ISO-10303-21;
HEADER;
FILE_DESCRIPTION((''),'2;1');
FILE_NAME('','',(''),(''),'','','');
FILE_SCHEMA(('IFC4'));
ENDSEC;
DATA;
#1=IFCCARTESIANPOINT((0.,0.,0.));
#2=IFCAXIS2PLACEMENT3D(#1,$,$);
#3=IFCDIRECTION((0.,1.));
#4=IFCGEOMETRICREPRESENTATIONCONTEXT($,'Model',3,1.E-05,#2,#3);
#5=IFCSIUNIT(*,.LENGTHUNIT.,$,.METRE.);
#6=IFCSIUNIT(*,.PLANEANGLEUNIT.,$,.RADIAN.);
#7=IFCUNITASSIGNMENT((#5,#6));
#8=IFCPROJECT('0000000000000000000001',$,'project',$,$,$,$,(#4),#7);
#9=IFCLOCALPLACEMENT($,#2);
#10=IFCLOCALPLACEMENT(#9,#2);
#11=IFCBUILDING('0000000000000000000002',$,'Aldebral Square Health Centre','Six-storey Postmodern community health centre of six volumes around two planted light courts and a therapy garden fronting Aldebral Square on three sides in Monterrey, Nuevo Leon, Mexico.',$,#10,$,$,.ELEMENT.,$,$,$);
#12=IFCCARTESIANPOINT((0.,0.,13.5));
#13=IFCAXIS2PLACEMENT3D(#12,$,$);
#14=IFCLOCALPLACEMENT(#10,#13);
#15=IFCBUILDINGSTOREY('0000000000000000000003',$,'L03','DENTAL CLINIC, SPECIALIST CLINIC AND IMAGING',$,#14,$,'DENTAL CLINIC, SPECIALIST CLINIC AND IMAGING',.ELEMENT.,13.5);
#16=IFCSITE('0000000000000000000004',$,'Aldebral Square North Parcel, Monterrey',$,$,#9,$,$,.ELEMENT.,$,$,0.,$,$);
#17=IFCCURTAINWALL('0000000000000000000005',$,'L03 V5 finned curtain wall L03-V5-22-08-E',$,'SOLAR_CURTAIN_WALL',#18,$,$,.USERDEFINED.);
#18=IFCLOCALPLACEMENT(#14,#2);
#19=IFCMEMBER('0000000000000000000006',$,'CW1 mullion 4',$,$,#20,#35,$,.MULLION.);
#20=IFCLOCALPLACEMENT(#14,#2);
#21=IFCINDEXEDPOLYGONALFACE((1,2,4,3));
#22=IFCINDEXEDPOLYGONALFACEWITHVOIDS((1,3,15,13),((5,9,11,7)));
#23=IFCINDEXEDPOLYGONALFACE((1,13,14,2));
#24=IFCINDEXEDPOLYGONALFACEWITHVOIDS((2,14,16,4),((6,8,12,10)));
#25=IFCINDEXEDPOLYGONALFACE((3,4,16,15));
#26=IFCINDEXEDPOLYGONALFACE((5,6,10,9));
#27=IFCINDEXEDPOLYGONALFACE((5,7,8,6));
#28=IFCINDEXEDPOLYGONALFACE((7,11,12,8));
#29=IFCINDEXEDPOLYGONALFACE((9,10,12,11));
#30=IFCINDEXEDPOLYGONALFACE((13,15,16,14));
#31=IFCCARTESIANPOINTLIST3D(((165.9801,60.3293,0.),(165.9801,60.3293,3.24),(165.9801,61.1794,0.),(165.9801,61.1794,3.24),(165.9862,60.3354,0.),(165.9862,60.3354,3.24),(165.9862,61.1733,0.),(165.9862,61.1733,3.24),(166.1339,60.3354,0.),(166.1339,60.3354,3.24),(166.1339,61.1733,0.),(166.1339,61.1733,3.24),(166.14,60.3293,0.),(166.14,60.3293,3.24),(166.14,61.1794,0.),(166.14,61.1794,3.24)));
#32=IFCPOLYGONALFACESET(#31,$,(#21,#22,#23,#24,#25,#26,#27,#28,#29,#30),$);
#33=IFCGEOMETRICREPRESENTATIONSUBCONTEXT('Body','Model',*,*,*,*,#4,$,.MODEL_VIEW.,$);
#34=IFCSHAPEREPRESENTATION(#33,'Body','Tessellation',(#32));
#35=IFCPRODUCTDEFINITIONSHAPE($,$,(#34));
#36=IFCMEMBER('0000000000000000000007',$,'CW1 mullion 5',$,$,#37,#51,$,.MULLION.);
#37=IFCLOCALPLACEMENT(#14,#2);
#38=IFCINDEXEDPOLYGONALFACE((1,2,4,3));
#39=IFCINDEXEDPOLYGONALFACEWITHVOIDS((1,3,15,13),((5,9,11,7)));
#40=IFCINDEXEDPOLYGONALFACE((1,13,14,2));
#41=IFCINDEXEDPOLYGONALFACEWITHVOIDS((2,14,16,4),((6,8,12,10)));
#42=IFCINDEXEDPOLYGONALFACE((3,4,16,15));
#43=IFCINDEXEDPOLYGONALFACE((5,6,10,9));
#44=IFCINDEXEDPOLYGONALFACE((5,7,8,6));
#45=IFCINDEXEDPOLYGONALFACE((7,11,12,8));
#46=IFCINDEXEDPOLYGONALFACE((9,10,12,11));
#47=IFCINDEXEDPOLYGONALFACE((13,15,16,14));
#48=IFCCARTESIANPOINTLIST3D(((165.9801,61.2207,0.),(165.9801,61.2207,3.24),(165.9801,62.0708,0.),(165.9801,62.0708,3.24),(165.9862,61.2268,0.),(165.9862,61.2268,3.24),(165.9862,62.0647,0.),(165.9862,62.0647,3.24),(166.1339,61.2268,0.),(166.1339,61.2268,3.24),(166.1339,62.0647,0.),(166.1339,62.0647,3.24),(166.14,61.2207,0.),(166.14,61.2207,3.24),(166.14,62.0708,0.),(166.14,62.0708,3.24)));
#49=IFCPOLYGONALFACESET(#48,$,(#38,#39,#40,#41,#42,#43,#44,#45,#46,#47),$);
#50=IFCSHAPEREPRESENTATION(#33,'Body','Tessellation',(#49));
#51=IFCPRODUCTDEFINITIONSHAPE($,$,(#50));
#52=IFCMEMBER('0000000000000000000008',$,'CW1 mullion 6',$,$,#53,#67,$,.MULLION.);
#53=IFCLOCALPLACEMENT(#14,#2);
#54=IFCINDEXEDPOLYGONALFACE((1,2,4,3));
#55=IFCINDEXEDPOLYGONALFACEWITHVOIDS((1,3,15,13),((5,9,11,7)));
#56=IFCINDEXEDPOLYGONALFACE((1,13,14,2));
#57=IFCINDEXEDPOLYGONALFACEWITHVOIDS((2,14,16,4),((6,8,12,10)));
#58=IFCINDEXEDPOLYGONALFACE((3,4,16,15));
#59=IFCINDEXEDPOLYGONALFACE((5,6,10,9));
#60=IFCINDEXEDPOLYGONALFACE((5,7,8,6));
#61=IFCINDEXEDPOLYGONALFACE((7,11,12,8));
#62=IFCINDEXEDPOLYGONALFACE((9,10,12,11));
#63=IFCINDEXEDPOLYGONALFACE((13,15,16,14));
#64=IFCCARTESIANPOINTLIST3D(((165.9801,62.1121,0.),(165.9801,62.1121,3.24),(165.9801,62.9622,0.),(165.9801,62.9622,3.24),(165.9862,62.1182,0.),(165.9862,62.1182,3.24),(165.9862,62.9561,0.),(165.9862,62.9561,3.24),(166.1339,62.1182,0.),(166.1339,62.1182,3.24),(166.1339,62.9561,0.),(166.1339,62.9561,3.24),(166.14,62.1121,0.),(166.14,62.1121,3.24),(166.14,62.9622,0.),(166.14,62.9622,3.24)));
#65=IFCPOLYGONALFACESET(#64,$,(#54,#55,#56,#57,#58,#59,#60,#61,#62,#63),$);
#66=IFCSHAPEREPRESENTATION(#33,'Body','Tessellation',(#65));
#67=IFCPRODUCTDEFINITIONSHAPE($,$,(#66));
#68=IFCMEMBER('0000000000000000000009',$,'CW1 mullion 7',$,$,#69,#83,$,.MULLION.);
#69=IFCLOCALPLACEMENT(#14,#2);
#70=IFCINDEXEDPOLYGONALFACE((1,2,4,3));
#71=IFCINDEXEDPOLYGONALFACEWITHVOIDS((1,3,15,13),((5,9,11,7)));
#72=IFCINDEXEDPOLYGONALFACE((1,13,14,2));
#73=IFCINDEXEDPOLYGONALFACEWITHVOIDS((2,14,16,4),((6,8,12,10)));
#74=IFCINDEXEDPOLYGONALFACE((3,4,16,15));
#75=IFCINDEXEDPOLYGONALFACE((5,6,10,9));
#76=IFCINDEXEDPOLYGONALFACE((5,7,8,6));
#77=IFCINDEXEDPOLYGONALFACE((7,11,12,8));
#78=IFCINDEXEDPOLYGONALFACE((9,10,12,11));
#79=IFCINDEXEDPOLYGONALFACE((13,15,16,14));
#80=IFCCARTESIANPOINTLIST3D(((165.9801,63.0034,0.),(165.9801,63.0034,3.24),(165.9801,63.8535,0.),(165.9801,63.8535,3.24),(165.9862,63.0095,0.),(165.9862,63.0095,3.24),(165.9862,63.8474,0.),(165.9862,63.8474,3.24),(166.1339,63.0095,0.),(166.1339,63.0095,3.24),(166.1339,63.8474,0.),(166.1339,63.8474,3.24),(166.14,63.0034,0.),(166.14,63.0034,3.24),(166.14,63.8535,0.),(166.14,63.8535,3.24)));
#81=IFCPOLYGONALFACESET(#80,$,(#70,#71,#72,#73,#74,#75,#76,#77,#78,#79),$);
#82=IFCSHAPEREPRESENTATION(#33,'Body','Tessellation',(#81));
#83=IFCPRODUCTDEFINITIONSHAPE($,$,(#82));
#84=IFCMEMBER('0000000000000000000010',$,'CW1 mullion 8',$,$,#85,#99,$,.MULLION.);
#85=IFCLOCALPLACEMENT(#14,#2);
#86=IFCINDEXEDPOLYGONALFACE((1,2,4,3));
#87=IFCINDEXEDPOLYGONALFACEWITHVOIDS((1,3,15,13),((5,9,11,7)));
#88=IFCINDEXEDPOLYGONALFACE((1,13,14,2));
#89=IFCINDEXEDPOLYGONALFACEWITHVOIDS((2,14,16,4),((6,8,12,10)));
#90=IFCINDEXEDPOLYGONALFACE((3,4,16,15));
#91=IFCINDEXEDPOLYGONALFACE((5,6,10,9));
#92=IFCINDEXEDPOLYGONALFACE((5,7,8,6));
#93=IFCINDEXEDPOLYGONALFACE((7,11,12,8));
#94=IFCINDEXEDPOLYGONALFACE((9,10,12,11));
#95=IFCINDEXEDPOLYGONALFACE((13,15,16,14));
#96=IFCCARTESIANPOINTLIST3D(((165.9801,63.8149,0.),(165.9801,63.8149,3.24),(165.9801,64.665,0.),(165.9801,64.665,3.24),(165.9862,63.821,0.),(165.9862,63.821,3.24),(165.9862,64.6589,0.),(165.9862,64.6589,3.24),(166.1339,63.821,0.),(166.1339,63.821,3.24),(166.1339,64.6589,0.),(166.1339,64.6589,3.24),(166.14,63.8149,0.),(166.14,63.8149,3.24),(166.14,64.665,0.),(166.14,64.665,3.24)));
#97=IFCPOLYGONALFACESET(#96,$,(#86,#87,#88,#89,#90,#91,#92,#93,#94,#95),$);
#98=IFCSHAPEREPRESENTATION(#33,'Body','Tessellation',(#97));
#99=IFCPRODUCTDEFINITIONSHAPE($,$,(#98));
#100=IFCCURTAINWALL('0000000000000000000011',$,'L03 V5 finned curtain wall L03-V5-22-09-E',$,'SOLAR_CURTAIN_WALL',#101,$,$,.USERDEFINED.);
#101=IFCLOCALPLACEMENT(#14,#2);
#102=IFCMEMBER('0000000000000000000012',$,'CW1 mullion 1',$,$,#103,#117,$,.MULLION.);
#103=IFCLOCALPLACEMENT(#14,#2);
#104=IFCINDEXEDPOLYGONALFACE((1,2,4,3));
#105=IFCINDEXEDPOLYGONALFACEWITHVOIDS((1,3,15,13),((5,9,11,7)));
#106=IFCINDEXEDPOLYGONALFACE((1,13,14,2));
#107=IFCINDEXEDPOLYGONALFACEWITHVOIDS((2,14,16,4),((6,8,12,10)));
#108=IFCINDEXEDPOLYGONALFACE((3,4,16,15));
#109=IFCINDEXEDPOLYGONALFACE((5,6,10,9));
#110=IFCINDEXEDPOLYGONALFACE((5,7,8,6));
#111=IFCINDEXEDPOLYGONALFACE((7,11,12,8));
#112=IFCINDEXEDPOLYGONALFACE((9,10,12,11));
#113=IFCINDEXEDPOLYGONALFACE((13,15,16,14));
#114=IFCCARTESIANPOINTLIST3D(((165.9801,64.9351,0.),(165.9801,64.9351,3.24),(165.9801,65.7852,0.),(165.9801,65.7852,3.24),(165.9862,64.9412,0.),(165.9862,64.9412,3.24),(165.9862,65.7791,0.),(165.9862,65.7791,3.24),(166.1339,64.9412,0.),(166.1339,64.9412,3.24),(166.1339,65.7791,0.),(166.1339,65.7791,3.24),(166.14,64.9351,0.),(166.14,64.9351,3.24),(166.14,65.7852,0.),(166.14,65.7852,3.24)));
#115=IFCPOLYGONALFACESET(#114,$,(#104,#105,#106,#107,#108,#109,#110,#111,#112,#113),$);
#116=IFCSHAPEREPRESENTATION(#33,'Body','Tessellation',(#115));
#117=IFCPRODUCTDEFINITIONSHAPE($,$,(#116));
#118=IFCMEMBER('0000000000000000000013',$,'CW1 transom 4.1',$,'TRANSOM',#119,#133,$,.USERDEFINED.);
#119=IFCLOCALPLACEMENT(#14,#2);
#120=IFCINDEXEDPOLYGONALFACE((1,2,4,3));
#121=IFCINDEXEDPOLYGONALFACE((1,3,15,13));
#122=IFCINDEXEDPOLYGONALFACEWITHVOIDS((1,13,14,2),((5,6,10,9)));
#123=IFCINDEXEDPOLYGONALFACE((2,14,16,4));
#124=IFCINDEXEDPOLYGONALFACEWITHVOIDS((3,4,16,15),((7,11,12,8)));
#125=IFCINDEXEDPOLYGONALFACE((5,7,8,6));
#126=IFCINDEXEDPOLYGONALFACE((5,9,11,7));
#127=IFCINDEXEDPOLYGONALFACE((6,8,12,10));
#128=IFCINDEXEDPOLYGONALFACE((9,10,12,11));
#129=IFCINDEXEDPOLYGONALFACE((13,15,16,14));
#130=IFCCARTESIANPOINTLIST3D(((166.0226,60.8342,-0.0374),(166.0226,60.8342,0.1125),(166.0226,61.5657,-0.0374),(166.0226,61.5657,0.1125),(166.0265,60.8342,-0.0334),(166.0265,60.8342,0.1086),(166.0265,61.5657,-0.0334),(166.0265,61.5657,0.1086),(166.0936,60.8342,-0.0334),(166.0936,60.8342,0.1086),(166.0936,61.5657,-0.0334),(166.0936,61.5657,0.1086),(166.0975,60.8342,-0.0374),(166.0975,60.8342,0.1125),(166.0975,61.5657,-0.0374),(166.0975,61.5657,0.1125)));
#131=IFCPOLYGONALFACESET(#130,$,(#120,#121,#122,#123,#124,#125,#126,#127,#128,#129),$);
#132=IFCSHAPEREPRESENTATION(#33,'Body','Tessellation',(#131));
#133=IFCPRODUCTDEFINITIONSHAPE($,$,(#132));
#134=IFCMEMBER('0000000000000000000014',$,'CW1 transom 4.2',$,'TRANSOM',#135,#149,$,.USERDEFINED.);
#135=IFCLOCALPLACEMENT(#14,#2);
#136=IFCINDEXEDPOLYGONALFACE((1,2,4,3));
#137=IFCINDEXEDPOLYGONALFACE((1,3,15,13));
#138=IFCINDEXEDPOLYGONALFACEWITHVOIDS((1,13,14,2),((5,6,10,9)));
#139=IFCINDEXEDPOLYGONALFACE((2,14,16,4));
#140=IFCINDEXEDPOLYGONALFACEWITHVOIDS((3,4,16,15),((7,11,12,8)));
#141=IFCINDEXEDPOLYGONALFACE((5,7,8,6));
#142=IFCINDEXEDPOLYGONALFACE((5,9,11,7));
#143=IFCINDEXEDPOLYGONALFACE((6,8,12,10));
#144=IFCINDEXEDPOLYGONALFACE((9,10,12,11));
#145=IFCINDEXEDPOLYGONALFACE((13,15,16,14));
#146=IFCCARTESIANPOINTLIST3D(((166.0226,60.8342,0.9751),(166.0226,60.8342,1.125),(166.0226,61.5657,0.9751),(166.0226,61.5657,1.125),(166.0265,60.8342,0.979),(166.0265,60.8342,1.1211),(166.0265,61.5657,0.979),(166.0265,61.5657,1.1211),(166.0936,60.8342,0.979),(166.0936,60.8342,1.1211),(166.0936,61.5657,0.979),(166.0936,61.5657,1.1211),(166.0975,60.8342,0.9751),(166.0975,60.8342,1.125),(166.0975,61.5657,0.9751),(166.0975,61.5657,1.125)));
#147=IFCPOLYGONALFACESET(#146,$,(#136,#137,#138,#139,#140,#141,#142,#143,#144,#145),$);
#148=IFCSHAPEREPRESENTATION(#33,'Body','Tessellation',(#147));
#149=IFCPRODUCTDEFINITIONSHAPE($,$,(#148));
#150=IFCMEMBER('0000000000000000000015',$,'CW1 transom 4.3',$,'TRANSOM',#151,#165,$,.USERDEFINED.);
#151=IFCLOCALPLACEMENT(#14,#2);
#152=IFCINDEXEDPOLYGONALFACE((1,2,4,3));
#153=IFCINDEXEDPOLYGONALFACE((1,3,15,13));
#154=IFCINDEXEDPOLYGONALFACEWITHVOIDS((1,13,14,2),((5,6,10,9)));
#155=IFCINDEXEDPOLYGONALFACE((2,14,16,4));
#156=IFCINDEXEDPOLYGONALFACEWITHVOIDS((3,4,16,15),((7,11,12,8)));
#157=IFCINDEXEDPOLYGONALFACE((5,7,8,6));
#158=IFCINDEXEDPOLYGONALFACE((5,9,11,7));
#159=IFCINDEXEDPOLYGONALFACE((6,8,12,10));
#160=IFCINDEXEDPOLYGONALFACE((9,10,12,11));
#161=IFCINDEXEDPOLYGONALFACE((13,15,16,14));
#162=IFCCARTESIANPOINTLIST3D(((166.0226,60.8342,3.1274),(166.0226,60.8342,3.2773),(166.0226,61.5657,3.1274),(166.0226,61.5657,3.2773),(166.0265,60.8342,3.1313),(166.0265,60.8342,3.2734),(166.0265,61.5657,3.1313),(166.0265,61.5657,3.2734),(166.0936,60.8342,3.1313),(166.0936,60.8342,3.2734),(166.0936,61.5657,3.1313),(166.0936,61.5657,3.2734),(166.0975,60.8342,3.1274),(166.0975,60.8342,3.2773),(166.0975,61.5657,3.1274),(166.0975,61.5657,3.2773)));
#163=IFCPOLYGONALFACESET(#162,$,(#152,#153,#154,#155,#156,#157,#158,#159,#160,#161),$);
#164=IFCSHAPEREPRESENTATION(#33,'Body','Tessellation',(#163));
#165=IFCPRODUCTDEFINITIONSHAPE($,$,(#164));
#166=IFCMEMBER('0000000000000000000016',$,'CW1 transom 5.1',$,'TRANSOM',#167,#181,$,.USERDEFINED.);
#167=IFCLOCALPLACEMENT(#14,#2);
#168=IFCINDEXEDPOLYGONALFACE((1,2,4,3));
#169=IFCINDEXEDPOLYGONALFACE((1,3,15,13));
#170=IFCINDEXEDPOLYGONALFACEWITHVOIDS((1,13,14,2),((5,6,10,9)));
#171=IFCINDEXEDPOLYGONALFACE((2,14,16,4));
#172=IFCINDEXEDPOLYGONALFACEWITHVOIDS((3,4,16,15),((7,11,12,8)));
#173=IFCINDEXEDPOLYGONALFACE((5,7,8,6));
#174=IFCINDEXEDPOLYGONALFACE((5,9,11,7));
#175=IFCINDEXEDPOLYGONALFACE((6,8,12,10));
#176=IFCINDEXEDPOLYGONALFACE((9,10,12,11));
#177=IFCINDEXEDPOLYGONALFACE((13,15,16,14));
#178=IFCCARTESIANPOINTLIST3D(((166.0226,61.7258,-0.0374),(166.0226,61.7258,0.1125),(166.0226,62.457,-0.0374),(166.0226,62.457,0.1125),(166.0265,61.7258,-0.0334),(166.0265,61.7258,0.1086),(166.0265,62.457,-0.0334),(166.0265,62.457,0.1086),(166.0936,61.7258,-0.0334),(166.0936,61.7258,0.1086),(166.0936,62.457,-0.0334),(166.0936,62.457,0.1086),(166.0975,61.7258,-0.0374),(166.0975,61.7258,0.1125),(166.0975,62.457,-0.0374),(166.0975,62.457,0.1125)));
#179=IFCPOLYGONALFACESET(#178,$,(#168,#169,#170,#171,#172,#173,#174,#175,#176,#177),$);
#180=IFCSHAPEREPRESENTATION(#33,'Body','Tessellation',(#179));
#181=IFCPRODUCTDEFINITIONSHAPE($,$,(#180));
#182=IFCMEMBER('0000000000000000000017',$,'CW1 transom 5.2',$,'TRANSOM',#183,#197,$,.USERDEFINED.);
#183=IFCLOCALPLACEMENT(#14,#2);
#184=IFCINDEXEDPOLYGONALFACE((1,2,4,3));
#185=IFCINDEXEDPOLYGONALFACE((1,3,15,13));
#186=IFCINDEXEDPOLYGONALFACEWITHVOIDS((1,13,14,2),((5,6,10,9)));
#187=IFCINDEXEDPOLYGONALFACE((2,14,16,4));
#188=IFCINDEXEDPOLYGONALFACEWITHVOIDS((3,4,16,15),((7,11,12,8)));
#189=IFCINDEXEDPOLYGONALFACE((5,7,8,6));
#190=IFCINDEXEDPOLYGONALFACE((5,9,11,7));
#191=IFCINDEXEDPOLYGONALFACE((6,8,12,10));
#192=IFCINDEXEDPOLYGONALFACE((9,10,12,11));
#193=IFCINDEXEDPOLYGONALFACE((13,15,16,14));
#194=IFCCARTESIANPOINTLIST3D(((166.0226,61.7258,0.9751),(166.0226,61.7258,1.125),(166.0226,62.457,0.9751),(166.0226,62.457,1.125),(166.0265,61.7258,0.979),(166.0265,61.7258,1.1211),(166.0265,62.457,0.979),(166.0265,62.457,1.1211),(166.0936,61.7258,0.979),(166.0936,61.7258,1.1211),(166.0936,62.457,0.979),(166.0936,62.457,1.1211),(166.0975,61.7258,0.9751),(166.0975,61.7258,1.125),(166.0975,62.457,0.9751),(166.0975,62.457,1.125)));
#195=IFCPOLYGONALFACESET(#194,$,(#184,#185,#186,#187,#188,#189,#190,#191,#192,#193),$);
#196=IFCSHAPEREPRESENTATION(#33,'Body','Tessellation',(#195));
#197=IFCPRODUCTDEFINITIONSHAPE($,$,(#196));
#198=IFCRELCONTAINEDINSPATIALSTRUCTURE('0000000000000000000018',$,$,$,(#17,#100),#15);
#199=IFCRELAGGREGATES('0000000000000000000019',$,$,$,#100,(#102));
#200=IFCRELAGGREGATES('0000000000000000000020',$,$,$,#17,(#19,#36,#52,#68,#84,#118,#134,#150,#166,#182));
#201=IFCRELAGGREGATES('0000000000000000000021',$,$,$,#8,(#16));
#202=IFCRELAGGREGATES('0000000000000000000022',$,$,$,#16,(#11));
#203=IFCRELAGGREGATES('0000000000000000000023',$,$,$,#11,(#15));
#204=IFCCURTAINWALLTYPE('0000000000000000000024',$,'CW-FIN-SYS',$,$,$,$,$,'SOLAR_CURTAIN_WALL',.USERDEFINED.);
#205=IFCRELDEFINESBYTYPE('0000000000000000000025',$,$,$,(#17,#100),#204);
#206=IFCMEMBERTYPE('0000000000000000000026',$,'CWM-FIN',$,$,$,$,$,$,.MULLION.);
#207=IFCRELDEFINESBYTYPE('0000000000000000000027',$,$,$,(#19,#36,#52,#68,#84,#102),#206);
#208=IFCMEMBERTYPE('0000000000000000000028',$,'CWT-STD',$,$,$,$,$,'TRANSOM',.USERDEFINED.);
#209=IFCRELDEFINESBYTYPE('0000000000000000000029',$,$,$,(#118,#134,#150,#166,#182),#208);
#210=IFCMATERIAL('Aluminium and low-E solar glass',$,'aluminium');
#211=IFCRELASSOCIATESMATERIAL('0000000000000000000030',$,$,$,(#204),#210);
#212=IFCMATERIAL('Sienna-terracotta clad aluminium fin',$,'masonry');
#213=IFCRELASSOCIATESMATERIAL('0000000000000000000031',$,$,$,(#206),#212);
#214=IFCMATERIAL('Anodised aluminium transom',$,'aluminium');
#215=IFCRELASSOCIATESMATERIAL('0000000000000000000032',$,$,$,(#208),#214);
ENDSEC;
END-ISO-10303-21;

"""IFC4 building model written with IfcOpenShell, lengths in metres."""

from ifc_helpers import new_model, si_unit, direction, frame, origin, origin_2d, place, context, subcontext, project, spatial, hollow_rectangle, extrude, material, material_profile, profile_set, type_object, element, aggregate, save


model = new_model("IFC4")

# Units and contexts
model_context = context("Model", 3, precision=1e-05, world=origin(), true_north=direction((0.0, 1.0)))
body_context = subcontext(model_context, "Body", "Model", "MODEL_VIEW")
ifc_project = project(units=[si_unit("LENGTHUNIT", "METRE"), si_unit("PLANEANGLEUNIT", "RADIAN")], contexts=[model_context])

# Site, building, storey
site_placement = place(None, origin())
site = spatial("IfcSite", under=ifc_project, at=site_placement, Name="Aldebral Square North Parcel, Monterrey", CompositionType="ELEMENT", RefElevation=0.0)
building_placement = place(site_placement, origin())
building = spatial("IfcBuilding", under=site, at=building_placement, Name="Aldebral Square Health Centre", Description="Six-storey Postmodern community health centre of six volumes around two planted light courts and a therapy garden fronting Aldebral Square on three sides in Monterrey, Nuevo Leon, Mexico.", CompositionType="ELEMENT")
storey_placement = place(building_placement, frame((0.0, 0.0, 13.5)))
storey = spatial("IfcBuildingStorey", under=building, at=storey_placement, Name="L03", Description="DENTAL CLINIC, SPECIALIST CLINIC AND IMAGING", LongName="DENTAL CLINIC, SPECIALIST CLINIC AND IMAGING", CompositionType="ELEMENT", Elevation=13.5)

# Curtain wall, members
ifc_material_1 = material(Name="Aluminium and low-E solar glass", Category="aluminium")
curtain_wall_type = type_object("IfcCurtainWallType", Name="CW-FIN-SYS", ElementType="SOLAR_CURTAIN_WALL", PredefinedType="USERDEFINED", material=ifc_material_1)
curtain_wall_1_placement = place(storey_placement, origin())
curtain_wall_1 = element("IfcCurtainWall", 1, at=curtain_wall_1_placement, inside=storey, type_object=curtain_wall_type, Name="L03 V5 finned curtain wall L03-V5-22-08-E", ObjectType="SOLAR_CURTAIN_WALL", PredefinedType="USERDEFINED")
ifc_material_2 = material(Name="Sienna-terracotta clad aluminium fin", Category="masonry")
ifc_material_profile_1 = material_profile(ifc_material_2, hollow_rectangle(XDim=0.1599, YDim=0.8501, WallThickness=0.0061, at=origin_2d()), Name="FIN 160x850x6")
ifc_profile_set_1 = profile_set([ifc_material_profile_1], Name="Sienna-terracotta clad aluminium fin")
member_type_1 = type_object("IfcMemberType", Name="CWM-FIN", PredefinedType="MULLION", material=ifc_profile_set_1)
member_1_placement = place(storey_placement, frame((166.0601, 60.7544, 0.0), z_axis=(0.0, 0.0, 1.0), x_axis=(-1.0, 0.0, 0.0)))
member_1 = element("IfcMember", 2, at=member_1_placement, type_object=member_type_1, Name="CW1 mullion 4", PredefinedType="MULLION", context=body_context, shape_type="SweptSolid", body=[
    extrude(hollow_rectangle(XDim=0.1599, YDim=0.8501, WallThickness=0.0061, at=origin_2d()), origin(), (0.0, 0.0, 1.0), 3.24),
])
member_2_placement = place(storey_placement, frame((166.0601, 61.6458, 0.0), z_axis=(0.0, 0.0, 1.0), x_axis=(-1.0, 0.0, 0.0)))
member_2 = element("IfcMember", 3, at=member_2_placement, type_object=member_type_1, Name="CW1 mullion 5", PredefinedType="MULLION", context=body_context, shape_type="SweptSolid", body=[
    extrude(hollow_rectangle(XDim=0.1599, YDim=0.8501, WallThickness=0.0061, at=origin_2d()), origin(), (0.0, 0.0, 1.0), 3.24),
])
member_3_placement = place(storey_placement, frame((166.0601, 62.5371, 0.0), z_axis=(0.0, 0.0, 1.0), x_axis=(-1.0, 0.0, 0.0)))
member_3 = element("IfcMember", 4, at=member_3_placement, type_object=member_type_1, Name="CW1 mullion 6", PredefinedType="MULLION", context=body_context, shape_type="SweptSolid", body=[
    extrude(hollow_rectangle(XDim=0.1599, YDim=0.8501, WallThickness=0.0061, at=origin_2d()), origin(), (0.0, 0.0, 1.0), 3.24),
])
member_4_placement = place(storey_placement, frame((166.0601, 63.4285, 0.0), z_axis=(0.0, 0.0, 1.0), x_axis=(-1.0, 0.0, 0.0)))
member_4 = element("IfcMember", 5, at=member_4_placement, type_object=member_type_1, Name="CW1 mullion 7", PredefinedType="MULLION", context=body_context, shape_type="SweptSolid", body=[
    extrude(hollow_rectangle(XDim=0.1599, YDim=0.8501, WallThickness=0.0061, at=origin_2d()), origin(), (0.0, 0.0, 1.0), 3.24),
])
member_5_placement = place(storey_placement, frame((166.0601, 64.24, 0.0), z_axis=(0.0, 0.0, 1.0), x_axis=(-1.0, 0.0, 0.0)))
member_5 = element("IfcMember", 6, at=member_5_placement, type_object=member_type_1, Name="CW1 mullion 8", PredefinedType="MULLION", context=body_context, shape_type="SweptSolid", body=[
    extrude(hollow_rectangle(XDim=0.1599, YDim=0.8501, WallThickness=0.0061, at=origin_2d()), origin(), (0.0, 0.0, 1.0), 3.24),
])

# Curtain wall, member
curtain_wall_2_placement = place(storey_placement, origin())
curtain_wall_2 = element("IfcCurtainWall", 7, at=curtain_wall_2_placement, inside=storey, type_object=curtain_wall_type, Name="L03 V5 finned curtain wall L03-V5-22-09-E", ObjectType="SOLAR_CURTAIN_WALL", PredefinedType="USERDEFINED")
member_6_placement = place(storey_placement, frame((166.0601, 65.3601, 0.0), z_axis=(0.0, 0.0, 1.0), x_axis=(-1.0, 0.0, 0.0)))
member_6 = element("IfcMember", 8, at=member_6_placement, type_object=member_type_1, Name="CW1 mullion 1", PredefinedType="MULLION", context=body_context, shape_type="SweptSolid", body=[
    extrude(hollow_rectangle(XDim=0.1599, YDim=0.8501, WallThickness=0.0061, at=origin_2d()), origin(), (0.0, 0.0, 1.0), 3.24),
])
aggregate(curtain_wall_2, [member_6])

# Members
ifc_material_3 = material(Name="Anodised aluminium transom", Category="aluminium")
ifc_material_profile_2 = material_profile(ifc_material_3, hollow_rectangle(XDim=0.075, YDim=0.1499, WallThickness=0.0039, at=origin_2d()), Name="CWT 75x150x4")
ifc_profile_set_2 = profile_set([ifc_material_profile_2], Name="Anodised aluminium transom")
member_type_2 = type_object("IfcMemberType", Name="CWT-STD", ElementType="TRANSOM", PredefinedType="USERDEFINED", material=ifc_profile_set_2)
member_7_placement = place(storey_placement, frame((166.0601, 60.8342, 0.0376), z_axis=(0.0, 1.0, 0.0), x_axis=(-1.0, 0.0, 0.0)))
member_7 = element("IfcMember", 9, at=member_7_placement, type_object=member_type_2, Name="CW1 transom 4.1", ObjectType="TRANSOM", PredefinedType="USERDEFINED", context=body_context, shape_type="SweptSolid", body=[
    extrude(hollow_rectangle(XDim=0.075, YDim=0.1499, WallThickness=0.0039, at=origin_2d()), origin(), (0.0, 0.0, 1.0), 0.7314),
])
member_8_placement = place(storey_placement, frame((166.0601, 60.8342, 1.05), z_axis=(0.0, 1.0, 0.0), x_axis=(-1.0, 0.0, 0.0)))
member_8 = element("IfcMember", 10, at=member_8_placement, type_object=member_type_2, Name="CW1 transom 4.2", ObjectType="TRANSOM", PredefinedType="USERDEFINED", context=body_context, shape_type="SweptSolid", body=[
    extrude(hollow_rectangle(XDim=0.075, YDim=0.1499, WallThickness=0.0039, at=origin_2d()), origin(), (0.0, 0.0, 1.0), 0.7314),
])
member_9_placement = place(storey_placement, frame((166.0601, 60.8342, 3.2024), z_axis=(0.0, 1.0, 0.0), x_axis=(-1.0, 0.0, 0.0)))
member_9 = element("IfcMember", 11, at=member_9_placement, type_object=member_type_2, Name="CW1 transom 4.3", ObjectType="TRANSOM", PredefinedType="USERDEFINED", context=body_context, shape_type="SweptSolid", body=[
    extrude(hollow_rectangle(XDim=0.075, YDim=0.1499, WallThickness=0.0039, at=origin_2d()), origin(), (0.0, 0.0, 1.0), 0.7314),
])
member_10_placement = place(storey_placement, frame((166.0601, 61.7258, 0.0376), z_axis=(0.0, 1.0, 0.0), x_axis=(-1.0, 0.0, 0.0)))
member_10 = element("IfcMember", 12, at=member_10_placement, type_object=member_type_2, Name="CW1 transom 5.1", ObjectType="TRANSOM", PredefinedType="USERDEFINED", context=body_context, shape_type="SweptSolid", body=[
    extrude(hollow_rectangle(XDim=0.075, YDim=0.1499, WallThickness=0.0039, at=origin_2d()), origin(), (0.0, 0.0, 1.0), 0.7312),
])
member_11_placement = place(storey_placement, frame((166.0601, 61.7258, 1.05), z_axis=(0.0, 1.0, 0.0), x_axis=(-1.0, 0.0, 0.0)))
member_11 = element("IfcMember", 13, at=member_11_placement, type_object=member_type_2, Name="CW1 transom 5.2", ObjectType="TRANSOM", PredefinedType="USERDEFINED", context=body_context, shape_type="SweptSolid", body=[
    extrude(hollow_rectangle(XDim=0.075, YDim=0.1499, WallThickness=0.0039, at=origin_2d()), origin(), (0.0, 0.0, 1.0), 0.7312),
])

aggregate(curtain_wall_1, [member_1, member_2, member_3, member_4, member_5, member_7, member_8, member_9, member_10, member_11])

save(model, "model.ifc")
